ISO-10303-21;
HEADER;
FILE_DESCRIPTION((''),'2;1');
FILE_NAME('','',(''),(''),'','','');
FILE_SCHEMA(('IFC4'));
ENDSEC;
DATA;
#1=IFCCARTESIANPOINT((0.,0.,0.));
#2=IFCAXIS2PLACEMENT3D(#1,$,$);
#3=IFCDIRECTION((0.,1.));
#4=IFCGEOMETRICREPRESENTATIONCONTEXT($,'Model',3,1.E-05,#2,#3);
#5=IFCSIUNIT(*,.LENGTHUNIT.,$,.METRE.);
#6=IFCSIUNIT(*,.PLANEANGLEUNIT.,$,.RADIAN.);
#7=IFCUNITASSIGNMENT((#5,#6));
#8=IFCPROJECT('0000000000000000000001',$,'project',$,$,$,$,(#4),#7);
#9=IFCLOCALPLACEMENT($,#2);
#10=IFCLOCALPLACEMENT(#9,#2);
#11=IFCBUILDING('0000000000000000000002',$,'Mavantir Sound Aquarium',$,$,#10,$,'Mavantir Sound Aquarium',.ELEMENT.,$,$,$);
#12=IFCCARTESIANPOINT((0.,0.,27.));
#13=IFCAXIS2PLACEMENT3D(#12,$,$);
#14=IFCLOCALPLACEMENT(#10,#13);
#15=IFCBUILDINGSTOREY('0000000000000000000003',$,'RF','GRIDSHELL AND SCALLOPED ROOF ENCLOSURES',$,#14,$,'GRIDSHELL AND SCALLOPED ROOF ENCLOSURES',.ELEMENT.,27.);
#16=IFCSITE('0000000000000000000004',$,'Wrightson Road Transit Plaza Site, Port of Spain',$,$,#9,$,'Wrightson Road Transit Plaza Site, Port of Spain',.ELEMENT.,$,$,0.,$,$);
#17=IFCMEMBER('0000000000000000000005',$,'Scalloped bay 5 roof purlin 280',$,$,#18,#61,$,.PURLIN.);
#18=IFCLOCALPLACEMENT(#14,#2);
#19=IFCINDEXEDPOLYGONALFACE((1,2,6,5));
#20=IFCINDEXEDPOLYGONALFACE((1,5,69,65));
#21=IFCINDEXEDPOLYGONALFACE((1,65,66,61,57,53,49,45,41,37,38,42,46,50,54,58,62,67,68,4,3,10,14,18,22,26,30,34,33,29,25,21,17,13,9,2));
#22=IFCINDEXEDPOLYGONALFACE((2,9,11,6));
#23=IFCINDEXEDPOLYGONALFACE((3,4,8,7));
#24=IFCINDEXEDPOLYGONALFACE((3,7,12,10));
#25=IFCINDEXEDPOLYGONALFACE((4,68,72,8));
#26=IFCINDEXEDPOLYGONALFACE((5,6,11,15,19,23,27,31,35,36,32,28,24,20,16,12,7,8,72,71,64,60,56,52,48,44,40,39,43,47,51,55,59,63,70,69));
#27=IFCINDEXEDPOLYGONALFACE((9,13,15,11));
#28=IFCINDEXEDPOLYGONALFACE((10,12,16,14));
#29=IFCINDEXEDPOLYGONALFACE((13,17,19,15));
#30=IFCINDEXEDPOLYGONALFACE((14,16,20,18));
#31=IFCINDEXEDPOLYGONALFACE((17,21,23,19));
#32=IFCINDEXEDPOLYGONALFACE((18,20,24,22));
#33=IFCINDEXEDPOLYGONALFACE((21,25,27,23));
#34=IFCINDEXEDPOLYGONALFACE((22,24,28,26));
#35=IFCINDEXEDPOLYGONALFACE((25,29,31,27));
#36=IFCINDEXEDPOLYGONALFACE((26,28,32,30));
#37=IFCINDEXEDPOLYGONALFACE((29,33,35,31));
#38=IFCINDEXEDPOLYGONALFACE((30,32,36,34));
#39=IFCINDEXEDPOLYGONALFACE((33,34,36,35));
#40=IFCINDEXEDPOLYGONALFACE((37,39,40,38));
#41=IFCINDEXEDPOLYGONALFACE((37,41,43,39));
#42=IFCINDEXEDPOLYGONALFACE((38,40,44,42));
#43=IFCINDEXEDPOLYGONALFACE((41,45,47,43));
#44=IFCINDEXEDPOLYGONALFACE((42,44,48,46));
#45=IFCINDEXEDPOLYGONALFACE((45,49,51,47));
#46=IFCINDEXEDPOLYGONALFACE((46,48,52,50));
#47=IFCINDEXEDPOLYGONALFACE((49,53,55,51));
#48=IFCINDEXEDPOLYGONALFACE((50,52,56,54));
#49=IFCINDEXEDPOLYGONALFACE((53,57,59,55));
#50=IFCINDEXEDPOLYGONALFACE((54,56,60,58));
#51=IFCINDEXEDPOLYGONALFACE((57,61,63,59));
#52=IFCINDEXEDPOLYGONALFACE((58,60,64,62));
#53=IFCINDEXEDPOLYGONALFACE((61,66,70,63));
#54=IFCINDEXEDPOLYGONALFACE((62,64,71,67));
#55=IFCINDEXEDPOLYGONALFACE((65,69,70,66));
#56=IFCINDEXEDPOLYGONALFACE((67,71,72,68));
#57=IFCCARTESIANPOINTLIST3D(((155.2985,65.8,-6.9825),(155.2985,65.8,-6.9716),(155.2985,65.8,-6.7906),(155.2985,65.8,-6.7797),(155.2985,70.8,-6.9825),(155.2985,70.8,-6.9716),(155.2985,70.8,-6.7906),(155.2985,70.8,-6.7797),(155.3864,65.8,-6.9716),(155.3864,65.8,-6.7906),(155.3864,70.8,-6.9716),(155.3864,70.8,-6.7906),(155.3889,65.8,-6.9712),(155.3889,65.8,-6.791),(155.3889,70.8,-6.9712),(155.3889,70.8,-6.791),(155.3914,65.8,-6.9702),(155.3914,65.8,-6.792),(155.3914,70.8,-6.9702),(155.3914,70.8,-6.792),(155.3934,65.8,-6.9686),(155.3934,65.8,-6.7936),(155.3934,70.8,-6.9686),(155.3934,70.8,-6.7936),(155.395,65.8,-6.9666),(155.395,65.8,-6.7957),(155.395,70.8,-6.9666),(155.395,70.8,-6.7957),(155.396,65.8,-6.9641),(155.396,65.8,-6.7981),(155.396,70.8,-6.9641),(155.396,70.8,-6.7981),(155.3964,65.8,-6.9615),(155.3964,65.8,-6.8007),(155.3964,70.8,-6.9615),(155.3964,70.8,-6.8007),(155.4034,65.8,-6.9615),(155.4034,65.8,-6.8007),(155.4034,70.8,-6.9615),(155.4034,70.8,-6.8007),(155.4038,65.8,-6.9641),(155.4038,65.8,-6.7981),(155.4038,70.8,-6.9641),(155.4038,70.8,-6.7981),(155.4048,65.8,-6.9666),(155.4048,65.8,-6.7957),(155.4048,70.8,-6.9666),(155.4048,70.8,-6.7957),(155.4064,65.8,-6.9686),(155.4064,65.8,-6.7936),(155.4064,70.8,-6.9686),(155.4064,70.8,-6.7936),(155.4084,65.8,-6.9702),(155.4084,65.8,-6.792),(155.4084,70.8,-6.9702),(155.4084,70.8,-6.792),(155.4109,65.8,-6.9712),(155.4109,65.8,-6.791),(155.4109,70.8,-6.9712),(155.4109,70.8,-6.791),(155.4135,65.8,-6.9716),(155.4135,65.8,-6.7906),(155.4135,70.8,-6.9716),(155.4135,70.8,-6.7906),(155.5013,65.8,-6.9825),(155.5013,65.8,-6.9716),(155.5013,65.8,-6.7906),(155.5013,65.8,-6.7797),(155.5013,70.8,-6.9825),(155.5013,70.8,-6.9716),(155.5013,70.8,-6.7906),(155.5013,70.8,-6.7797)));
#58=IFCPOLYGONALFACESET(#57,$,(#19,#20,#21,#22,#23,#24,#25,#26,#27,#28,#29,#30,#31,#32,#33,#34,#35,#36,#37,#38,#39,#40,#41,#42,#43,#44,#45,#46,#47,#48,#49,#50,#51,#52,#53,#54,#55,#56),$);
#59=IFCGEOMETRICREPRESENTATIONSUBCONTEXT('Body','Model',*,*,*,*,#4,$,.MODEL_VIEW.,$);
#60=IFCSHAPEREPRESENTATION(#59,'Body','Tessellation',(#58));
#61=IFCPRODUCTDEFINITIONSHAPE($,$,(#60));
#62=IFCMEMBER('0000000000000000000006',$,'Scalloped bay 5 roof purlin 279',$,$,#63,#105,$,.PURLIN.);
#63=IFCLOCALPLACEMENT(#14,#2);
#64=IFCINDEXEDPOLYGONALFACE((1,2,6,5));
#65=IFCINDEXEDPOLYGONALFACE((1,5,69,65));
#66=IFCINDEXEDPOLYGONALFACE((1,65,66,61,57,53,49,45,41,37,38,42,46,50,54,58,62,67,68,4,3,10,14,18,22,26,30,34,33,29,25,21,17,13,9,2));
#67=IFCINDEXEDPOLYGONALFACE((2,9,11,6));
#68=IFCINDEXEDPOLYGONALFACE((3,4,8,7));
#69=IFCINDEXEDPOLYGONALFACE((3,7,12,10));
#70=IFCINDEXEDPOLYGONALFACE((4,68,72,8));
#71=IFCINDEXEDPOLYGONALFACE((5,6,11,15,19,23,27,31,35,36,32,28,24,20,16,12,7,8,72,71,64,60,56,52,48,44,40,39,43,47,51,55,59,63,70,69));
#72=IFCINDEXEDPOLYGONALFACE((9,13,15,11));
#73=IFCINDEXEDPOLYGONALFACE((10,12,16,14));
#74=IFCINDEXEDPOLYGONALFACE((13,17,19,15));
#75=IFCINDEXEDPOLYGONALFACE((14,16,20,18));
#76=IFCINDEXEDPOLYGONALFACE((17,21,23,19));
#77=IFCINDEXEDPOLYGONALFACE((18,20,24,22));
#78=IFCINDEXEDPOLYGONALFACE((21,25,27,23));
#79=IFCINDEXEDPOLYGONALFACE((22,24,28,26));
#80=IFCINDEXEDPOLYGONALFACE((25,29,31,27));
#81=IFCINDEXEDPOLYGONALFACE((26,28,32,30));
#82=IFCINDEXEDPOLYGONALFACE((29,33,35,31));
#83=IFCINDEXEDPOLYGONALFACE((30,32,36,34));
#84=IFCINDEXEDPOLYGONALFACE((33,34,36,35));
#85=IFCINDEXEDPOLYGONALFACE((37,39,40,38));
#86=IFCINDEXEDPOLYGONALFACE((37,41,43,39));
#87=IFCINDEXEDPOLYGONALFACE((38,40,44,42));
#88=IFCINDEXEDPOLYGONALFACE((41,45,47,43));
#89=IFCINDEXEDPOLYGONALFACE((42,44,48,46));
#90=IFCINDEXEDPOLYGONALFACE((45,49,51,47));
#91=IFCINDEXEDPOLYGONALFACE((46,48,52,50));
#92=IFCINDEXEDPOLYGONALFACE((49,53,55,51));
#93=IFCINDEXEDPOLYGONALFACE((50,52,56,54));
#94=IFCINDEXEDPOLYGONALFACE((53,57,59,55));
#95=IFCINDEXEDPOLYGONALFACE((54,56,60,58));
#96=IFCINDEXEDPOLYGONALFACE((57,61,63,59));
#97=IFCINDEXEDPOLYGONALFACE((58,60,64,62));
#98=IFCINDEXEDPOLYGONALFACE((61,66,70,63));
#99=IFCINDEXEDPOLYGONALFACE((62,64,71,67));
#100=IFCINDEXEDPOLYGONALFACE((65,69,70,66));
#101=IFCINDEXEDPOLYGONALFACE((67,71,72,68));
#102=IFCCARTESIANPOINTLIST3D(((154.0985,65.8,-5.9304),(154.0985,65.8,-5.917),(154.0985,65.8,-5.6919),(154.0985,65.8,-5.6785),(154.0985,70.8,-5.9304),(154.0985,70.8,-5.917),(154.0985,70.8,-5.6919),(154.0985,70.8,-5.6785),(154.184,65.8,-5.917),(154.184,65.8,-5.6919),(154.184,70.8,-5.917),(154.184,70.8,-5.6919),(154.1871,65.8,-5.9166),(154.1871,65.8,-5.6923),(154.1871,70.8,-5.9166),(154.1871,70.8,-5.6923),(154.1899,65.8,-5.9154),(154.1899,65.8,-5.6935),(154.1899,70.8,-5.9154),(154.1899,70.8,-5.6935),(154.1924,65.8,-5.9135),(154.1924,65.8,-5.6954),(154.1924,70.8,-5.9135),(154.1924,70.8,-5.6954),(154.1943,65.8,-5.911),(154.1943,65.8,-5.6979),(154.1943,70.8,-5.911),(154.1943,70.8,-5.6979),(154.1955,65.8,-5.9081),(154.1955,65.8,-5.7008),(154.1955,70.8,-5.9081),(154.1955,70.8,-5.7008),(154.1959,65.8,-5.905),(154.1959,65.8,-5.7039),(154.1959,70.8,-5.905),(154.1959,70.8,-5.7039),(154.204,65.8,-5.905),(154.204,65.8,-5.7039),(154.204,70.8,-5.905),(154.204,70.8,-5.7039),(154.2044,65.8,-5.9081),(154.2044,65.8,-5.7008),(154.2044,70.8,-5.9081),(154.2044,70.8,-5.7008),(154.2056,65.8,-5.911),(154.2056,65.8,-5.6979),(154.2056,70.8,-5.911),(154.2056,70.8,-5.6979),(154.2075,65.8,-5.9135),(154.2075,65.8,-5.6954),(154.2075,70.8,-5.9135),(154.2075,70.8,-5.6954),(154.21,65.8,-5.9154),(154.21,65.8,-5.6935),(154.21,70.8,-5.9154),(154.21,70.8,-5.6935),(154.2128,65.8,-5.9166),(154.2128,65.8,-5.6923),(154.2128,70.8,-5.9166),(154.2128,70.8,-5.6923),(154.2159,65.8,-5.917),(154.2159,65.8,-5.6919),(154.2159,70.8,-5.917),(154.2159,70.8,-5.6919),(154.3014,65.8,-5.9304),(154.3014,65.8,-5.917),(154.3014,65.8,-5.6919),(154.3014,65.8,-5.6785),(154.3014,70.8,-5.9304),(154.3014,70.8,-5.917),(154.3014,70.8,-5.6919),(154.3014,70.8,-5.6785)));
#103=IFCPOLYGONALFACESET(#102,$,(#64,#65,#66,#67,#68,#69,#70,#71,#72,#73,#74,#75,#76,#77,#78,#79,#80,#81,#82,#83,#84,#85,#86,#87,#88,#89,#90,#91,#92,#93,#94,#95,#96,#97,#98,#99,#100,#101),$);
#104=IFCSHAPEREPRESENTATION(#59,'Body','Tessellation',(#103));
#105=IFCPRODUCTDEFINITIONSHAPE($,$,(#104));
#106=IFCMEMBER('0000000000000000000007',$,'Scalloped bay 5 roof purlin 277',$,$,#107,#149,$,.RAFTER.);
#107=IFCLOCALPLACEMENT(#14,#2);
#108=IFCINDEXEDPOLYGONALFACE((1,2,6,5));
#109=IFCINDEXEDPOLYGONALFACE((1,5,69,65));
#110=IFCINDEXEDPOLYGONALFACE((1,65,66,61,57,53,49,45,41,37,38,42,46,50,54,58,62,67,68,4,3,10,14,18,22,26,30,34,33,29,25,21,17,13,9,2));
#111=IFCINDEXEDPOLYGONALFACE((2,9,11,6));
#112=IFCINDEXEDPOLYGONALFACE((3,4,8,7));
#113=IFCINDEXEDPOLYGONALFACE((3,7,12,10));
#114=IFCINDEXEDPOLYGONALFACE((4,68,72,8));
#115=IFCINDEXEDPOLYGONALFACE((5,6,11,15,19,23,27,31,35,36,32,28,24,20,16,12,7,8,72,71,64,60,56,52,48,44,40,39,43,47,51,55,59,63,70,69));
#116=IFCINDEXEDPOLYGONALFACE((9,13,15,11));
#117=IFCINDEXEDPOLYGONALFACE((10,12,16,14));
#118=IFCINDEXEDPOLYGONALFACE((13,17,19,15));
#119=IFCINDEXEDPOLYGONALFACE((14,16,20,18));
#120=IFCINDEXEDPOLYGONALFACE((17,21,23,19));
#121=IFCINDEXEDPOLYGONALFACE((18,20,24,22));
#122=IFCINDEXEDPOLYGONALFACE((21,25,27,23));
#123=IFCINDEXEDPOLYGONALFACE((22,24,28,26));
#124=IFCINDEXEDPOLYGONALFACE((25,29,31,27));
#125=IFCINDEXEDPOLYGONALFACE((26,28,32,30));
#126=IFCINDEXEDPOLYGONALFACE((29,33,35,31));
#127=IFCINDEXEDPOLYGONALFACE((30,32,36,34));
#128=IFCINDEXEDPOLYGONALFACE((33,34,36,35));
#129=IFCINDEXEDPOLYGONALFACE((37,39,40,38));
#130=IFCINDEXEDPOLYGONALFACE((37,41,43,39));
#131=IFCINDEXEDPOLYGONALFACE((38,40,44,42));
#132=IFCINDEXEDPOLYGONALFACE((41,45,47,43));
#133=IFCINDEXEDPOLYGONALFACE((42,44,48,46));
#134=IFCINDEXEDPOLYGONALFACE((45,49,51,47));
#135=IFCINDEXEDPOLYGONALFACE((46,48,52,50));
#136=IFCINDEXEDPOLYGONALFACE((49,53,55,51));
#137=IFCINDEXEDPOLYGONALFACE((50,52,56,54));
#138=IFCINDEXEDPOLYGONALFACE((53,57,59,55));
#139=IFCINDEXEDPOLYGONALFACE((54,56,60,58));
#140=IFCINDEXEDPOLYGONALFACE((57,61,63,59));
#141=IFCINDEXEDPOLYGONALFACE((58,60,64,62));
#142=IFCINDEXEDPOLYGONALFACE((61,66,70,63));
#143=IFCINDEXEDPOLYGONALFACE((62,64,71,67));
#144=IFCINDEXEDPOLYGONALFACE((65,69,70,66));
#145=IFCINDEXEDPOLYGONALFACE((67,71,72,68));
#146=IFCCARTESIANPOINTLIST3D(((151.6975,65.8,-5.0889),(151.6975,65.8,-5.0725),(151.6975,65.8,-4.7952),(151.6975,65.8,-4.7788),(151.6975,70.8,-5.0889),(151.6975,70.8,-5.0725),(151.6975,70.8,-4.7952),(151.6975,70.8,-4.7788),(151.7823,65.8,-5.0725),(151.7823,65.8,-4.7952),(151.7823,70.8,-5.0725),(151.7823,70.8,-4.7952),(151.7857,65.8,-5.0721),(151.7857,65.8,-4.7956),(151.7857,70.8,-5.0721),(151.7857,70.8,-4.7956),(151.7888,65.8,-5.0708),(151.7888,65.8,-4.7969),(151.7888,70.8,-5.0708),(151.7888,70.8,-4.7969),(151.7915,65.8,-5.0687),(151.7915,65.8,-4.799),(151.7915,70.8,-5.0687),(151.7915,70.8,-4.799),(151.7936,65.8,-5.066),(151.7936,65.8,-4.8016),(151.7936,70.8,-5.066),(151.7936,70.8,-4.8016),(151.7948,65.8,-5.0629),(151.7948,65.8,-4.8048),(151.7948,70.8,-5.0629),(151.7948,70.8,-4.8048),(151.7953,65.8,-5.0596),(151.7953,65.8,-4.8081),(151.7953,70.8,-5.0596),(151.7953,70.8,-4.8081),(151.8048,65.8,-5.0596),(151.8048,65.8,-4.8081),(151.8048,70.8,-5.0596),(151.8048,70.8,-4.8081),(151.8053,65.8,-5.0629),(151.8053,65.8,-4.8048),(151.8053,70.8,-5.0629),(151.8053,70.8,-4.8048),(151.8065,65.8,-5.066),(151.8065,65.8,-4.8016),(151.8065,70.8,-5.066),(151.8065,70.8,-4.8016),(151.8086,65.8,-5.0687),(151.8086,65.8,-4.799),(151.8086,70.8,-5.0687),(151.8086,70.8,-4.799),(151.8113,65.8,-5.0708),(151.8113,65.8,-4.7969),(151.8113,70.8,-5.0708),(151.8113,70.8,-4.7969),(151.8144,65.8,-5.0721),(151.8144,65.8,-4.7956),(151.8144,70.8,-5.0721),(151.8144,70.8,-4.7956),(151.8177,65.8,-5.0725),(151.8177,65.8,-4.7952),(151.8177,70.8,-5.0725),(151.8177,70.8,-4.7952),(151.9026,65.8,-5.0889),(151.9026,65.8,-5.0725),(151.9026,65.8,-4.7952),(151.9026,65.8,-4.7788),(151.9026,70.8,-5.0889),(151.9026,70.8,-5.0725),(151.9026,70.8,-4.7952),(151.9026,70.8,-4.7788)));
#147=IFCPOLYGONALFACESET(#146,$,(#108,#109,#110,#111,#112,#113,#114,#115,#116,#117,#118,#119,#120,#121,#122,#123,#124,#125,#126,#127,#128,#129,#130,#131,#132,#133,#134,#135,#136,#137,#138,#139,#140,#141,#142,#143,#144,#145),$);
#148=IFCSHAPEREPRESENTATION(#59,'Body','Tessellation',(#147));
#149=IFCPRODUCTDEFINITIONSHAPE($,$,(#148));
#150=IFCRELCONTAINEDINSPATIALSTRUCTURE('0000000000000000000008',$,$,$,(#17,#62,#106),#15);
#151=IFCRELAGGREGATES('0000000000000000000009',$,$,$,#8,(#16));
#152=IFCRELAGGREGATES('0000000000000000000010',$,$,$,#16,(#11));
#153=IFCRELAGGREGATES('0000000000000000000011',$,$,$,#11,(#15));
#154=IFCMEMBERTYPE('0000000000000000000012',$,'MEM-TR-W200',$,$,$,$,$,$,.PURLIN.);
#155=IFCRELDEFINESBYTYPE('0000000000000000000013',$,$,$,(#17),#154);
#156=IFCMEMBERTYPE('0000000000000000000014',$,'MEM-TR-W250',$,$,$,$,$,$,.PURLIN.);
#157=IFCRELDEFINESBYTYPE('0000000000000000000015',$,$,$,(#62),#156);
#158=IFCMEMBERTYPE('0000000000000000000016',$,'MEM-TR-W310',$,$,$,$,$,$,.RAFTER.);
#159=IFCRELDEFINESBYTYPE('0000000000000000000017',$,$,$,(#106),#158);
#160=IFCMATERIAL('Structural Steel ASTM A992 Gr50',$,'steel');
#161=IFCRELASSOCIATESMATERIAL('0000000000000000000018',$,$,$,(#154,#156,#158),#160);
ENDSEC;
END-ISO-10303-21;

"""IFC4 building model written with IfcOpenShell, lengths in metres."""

from ifc_helpers import new_model, si_unit, direction, frame, origin, origin_2d, place, context, subcontext, project, spatial, i_section, extrude, material, material_profile, profile_set, type_object, element, save


model = new_model("IFC4")

# Units and contexts
model_context = context("Model", 3, precision=1e-05, world=origin(), true_north=direction((0.0, 1.0)))
body_context = subcontext(model_context, "Body", "Model", "MODEL_VIEW")
ifc_project = project(units=[si_unit("LENGTHUNIT", "METRE"), si_unit("PLANEANGLEUNIT", "RADIAN")], contexts=[model_context])

# Site, building, storey
site_placement = place(None, origin())
site = spatial("IfcSite", under=ifc_project, at=site_placement, Name="Wrightson Road Transit Plaza Site, Port of Spain", LongName="Wrightson Road Transit Plaza Site, Port of Spain", CompositionType="ELEMENT", RefElevation=0.0)
building_placement = place(site_placement, origin())
building = spatial("IfcBuilding", under=site, at=building_placement, Name="Mavantir Sound Aquarium", LongName="Mavantir Sound Aquarium", CompositionType="ELEMENT")
storey_placement = place(building_placement, frame((0.0, 0.0, 27.0)))
storey = spatial("IfcBuildingStorey", under=building, at=storey_placement, Name="RF", Description="GRIDSHELL AND SCALLOPED ROOF ENCLOSURES", LongName="GRIDSHELL AND SCALLOPED ROOF ENCLOSURES", CompositionType="ELEMENT", Elevation=27.0)

# Shared definitions
ifc_material_1 = material(Name="Structural Steel ASTM A992 Gr50", Category="steel")

# Members
ifc_material_profile_1 = material_profile(ifc_material_1, i_section(OverallWidth=0.2029, OverallDepth=0.2029, WebThickness=0.0071, FlangeThickness=0.011, FilletRadius=0.01, at=origin_2d()), Name="W200X46")
ifc_profile_set_1 = profile_set([ifc_material_profile_1], Name="Structural Steel ASTM A992 Gr50")
member_type_1 = type_object("IfcMemberType", Name="MEM-TR-W200", PredefinedType="PURLIN", material=ifc_profile_set_1)
for number, where, z_axis, x_axis, name in (
    (1, (155.3999, 65.8, -6.8811), (0.0, 1.0, 0.0), (-1.0, 0.0, 0.0), "Scalloped bay 5 roof purlin 280"),
):
    element("IfcMember", number, at=place(storey_placement, frame(where, z_axis=z_axis, x_axis=x_axis)), inside=storey, type_object=member_type_1, Name=name, PredefinedType="PURLIN", context=body_context, shape_type="SweptSolid", body=[
        extrude(i_section(OverallWidth=0.2029, OverallDepth=0.2029, WebThickness=0.0071, FlangeThickness=0.011, FilletRadius=0.01, at=origin_2d()), origin(), (0.0, 0.0, 1.0), 5.0),
    ])
ifc_material_profile_2 = material_profile(ifc_material_1, i_section(OverallWidth=0.2029, OverallDepth=0.252, WebThickness=0.0081, FlangeThickness=0.0134, FilletRadius=0.012, at=origin_2d()), Name="W250X58")
ifc_profile_set_2 = profile_set([ifc_material_profile_2], Name="Structural Steel ASTM A992 Gr50")
member_type_2 = type_object("IfcMemberType", Name="MEM-TR-W250", PredefinedType="PURLIN", material=ifc_profile_set_2)
member_1_placement = place(storey_placement, frame((154.2, 65.8, -5.8044), z_axis=(0.0, 1.0, 0.0), x_axis=(-1.0, 0.0, 0.0)))
element("IfcMember", 2, at=member_1_placement, inside=storey, type_object=member_type_2, Name="Scalloped bay 5 roof purlin 279", PredefinedType="PURLIN", context=body_context, shape_type="SweptSolid", body=[
    extrude(i_section(OverallWidth=0.2029, OverallDepth=0.252, WebThickness=0.0081, FlangeThickness=0.0134, FilletRadius=0.012, at=origin_2d()), origin(), (0.0, 0.0, 1.0), 5.0),
])
ifc_material_profile_3 = material_profile(ifc_material_1, i_section(OverallWidth=0.2051, OverallDepth=0.3101, WebThickness=0.0095, FlangeThickness=0.0164, FilletRadius=0.0129, at=origin_2d()), Name="W310X74")
ifc_profile_set_3 = profile_set([ifc_material_profile_3], Name="Structural Steel ASTM A992 Gr50")
member_type_3 = type_object("IfcMemberType", Name="MEM-TR-W310", PredefinedType="RAFTER", material=ifc_profile_set_3)
member_2_placement = place(storey_placement, frame((151.8, 65.8, -4.9338), z_axis=(0.0, 1.0, 0.0), x_axis=(-1.0, 0.0, 0.0)))
element("IfcMember", 3, at=member_2_placement, inside=storey, type_object=member_type_3, Name="Scalloped bay 5 roof purlin 277", PredefinedType="RAFTER", context=body_context, shape_type="SweptSolid", body=[
    extrude(i_section(OverallWidth=0.2051, OverallDepth=0.3101, WebThickness=0.0095, FlangeThickness=0.0164, FilletRadius=0.0129, at=origin_2d()), origin(), (0.0, 0.0, 1.0), 5.0),
])

save(model, "model.ifc")
